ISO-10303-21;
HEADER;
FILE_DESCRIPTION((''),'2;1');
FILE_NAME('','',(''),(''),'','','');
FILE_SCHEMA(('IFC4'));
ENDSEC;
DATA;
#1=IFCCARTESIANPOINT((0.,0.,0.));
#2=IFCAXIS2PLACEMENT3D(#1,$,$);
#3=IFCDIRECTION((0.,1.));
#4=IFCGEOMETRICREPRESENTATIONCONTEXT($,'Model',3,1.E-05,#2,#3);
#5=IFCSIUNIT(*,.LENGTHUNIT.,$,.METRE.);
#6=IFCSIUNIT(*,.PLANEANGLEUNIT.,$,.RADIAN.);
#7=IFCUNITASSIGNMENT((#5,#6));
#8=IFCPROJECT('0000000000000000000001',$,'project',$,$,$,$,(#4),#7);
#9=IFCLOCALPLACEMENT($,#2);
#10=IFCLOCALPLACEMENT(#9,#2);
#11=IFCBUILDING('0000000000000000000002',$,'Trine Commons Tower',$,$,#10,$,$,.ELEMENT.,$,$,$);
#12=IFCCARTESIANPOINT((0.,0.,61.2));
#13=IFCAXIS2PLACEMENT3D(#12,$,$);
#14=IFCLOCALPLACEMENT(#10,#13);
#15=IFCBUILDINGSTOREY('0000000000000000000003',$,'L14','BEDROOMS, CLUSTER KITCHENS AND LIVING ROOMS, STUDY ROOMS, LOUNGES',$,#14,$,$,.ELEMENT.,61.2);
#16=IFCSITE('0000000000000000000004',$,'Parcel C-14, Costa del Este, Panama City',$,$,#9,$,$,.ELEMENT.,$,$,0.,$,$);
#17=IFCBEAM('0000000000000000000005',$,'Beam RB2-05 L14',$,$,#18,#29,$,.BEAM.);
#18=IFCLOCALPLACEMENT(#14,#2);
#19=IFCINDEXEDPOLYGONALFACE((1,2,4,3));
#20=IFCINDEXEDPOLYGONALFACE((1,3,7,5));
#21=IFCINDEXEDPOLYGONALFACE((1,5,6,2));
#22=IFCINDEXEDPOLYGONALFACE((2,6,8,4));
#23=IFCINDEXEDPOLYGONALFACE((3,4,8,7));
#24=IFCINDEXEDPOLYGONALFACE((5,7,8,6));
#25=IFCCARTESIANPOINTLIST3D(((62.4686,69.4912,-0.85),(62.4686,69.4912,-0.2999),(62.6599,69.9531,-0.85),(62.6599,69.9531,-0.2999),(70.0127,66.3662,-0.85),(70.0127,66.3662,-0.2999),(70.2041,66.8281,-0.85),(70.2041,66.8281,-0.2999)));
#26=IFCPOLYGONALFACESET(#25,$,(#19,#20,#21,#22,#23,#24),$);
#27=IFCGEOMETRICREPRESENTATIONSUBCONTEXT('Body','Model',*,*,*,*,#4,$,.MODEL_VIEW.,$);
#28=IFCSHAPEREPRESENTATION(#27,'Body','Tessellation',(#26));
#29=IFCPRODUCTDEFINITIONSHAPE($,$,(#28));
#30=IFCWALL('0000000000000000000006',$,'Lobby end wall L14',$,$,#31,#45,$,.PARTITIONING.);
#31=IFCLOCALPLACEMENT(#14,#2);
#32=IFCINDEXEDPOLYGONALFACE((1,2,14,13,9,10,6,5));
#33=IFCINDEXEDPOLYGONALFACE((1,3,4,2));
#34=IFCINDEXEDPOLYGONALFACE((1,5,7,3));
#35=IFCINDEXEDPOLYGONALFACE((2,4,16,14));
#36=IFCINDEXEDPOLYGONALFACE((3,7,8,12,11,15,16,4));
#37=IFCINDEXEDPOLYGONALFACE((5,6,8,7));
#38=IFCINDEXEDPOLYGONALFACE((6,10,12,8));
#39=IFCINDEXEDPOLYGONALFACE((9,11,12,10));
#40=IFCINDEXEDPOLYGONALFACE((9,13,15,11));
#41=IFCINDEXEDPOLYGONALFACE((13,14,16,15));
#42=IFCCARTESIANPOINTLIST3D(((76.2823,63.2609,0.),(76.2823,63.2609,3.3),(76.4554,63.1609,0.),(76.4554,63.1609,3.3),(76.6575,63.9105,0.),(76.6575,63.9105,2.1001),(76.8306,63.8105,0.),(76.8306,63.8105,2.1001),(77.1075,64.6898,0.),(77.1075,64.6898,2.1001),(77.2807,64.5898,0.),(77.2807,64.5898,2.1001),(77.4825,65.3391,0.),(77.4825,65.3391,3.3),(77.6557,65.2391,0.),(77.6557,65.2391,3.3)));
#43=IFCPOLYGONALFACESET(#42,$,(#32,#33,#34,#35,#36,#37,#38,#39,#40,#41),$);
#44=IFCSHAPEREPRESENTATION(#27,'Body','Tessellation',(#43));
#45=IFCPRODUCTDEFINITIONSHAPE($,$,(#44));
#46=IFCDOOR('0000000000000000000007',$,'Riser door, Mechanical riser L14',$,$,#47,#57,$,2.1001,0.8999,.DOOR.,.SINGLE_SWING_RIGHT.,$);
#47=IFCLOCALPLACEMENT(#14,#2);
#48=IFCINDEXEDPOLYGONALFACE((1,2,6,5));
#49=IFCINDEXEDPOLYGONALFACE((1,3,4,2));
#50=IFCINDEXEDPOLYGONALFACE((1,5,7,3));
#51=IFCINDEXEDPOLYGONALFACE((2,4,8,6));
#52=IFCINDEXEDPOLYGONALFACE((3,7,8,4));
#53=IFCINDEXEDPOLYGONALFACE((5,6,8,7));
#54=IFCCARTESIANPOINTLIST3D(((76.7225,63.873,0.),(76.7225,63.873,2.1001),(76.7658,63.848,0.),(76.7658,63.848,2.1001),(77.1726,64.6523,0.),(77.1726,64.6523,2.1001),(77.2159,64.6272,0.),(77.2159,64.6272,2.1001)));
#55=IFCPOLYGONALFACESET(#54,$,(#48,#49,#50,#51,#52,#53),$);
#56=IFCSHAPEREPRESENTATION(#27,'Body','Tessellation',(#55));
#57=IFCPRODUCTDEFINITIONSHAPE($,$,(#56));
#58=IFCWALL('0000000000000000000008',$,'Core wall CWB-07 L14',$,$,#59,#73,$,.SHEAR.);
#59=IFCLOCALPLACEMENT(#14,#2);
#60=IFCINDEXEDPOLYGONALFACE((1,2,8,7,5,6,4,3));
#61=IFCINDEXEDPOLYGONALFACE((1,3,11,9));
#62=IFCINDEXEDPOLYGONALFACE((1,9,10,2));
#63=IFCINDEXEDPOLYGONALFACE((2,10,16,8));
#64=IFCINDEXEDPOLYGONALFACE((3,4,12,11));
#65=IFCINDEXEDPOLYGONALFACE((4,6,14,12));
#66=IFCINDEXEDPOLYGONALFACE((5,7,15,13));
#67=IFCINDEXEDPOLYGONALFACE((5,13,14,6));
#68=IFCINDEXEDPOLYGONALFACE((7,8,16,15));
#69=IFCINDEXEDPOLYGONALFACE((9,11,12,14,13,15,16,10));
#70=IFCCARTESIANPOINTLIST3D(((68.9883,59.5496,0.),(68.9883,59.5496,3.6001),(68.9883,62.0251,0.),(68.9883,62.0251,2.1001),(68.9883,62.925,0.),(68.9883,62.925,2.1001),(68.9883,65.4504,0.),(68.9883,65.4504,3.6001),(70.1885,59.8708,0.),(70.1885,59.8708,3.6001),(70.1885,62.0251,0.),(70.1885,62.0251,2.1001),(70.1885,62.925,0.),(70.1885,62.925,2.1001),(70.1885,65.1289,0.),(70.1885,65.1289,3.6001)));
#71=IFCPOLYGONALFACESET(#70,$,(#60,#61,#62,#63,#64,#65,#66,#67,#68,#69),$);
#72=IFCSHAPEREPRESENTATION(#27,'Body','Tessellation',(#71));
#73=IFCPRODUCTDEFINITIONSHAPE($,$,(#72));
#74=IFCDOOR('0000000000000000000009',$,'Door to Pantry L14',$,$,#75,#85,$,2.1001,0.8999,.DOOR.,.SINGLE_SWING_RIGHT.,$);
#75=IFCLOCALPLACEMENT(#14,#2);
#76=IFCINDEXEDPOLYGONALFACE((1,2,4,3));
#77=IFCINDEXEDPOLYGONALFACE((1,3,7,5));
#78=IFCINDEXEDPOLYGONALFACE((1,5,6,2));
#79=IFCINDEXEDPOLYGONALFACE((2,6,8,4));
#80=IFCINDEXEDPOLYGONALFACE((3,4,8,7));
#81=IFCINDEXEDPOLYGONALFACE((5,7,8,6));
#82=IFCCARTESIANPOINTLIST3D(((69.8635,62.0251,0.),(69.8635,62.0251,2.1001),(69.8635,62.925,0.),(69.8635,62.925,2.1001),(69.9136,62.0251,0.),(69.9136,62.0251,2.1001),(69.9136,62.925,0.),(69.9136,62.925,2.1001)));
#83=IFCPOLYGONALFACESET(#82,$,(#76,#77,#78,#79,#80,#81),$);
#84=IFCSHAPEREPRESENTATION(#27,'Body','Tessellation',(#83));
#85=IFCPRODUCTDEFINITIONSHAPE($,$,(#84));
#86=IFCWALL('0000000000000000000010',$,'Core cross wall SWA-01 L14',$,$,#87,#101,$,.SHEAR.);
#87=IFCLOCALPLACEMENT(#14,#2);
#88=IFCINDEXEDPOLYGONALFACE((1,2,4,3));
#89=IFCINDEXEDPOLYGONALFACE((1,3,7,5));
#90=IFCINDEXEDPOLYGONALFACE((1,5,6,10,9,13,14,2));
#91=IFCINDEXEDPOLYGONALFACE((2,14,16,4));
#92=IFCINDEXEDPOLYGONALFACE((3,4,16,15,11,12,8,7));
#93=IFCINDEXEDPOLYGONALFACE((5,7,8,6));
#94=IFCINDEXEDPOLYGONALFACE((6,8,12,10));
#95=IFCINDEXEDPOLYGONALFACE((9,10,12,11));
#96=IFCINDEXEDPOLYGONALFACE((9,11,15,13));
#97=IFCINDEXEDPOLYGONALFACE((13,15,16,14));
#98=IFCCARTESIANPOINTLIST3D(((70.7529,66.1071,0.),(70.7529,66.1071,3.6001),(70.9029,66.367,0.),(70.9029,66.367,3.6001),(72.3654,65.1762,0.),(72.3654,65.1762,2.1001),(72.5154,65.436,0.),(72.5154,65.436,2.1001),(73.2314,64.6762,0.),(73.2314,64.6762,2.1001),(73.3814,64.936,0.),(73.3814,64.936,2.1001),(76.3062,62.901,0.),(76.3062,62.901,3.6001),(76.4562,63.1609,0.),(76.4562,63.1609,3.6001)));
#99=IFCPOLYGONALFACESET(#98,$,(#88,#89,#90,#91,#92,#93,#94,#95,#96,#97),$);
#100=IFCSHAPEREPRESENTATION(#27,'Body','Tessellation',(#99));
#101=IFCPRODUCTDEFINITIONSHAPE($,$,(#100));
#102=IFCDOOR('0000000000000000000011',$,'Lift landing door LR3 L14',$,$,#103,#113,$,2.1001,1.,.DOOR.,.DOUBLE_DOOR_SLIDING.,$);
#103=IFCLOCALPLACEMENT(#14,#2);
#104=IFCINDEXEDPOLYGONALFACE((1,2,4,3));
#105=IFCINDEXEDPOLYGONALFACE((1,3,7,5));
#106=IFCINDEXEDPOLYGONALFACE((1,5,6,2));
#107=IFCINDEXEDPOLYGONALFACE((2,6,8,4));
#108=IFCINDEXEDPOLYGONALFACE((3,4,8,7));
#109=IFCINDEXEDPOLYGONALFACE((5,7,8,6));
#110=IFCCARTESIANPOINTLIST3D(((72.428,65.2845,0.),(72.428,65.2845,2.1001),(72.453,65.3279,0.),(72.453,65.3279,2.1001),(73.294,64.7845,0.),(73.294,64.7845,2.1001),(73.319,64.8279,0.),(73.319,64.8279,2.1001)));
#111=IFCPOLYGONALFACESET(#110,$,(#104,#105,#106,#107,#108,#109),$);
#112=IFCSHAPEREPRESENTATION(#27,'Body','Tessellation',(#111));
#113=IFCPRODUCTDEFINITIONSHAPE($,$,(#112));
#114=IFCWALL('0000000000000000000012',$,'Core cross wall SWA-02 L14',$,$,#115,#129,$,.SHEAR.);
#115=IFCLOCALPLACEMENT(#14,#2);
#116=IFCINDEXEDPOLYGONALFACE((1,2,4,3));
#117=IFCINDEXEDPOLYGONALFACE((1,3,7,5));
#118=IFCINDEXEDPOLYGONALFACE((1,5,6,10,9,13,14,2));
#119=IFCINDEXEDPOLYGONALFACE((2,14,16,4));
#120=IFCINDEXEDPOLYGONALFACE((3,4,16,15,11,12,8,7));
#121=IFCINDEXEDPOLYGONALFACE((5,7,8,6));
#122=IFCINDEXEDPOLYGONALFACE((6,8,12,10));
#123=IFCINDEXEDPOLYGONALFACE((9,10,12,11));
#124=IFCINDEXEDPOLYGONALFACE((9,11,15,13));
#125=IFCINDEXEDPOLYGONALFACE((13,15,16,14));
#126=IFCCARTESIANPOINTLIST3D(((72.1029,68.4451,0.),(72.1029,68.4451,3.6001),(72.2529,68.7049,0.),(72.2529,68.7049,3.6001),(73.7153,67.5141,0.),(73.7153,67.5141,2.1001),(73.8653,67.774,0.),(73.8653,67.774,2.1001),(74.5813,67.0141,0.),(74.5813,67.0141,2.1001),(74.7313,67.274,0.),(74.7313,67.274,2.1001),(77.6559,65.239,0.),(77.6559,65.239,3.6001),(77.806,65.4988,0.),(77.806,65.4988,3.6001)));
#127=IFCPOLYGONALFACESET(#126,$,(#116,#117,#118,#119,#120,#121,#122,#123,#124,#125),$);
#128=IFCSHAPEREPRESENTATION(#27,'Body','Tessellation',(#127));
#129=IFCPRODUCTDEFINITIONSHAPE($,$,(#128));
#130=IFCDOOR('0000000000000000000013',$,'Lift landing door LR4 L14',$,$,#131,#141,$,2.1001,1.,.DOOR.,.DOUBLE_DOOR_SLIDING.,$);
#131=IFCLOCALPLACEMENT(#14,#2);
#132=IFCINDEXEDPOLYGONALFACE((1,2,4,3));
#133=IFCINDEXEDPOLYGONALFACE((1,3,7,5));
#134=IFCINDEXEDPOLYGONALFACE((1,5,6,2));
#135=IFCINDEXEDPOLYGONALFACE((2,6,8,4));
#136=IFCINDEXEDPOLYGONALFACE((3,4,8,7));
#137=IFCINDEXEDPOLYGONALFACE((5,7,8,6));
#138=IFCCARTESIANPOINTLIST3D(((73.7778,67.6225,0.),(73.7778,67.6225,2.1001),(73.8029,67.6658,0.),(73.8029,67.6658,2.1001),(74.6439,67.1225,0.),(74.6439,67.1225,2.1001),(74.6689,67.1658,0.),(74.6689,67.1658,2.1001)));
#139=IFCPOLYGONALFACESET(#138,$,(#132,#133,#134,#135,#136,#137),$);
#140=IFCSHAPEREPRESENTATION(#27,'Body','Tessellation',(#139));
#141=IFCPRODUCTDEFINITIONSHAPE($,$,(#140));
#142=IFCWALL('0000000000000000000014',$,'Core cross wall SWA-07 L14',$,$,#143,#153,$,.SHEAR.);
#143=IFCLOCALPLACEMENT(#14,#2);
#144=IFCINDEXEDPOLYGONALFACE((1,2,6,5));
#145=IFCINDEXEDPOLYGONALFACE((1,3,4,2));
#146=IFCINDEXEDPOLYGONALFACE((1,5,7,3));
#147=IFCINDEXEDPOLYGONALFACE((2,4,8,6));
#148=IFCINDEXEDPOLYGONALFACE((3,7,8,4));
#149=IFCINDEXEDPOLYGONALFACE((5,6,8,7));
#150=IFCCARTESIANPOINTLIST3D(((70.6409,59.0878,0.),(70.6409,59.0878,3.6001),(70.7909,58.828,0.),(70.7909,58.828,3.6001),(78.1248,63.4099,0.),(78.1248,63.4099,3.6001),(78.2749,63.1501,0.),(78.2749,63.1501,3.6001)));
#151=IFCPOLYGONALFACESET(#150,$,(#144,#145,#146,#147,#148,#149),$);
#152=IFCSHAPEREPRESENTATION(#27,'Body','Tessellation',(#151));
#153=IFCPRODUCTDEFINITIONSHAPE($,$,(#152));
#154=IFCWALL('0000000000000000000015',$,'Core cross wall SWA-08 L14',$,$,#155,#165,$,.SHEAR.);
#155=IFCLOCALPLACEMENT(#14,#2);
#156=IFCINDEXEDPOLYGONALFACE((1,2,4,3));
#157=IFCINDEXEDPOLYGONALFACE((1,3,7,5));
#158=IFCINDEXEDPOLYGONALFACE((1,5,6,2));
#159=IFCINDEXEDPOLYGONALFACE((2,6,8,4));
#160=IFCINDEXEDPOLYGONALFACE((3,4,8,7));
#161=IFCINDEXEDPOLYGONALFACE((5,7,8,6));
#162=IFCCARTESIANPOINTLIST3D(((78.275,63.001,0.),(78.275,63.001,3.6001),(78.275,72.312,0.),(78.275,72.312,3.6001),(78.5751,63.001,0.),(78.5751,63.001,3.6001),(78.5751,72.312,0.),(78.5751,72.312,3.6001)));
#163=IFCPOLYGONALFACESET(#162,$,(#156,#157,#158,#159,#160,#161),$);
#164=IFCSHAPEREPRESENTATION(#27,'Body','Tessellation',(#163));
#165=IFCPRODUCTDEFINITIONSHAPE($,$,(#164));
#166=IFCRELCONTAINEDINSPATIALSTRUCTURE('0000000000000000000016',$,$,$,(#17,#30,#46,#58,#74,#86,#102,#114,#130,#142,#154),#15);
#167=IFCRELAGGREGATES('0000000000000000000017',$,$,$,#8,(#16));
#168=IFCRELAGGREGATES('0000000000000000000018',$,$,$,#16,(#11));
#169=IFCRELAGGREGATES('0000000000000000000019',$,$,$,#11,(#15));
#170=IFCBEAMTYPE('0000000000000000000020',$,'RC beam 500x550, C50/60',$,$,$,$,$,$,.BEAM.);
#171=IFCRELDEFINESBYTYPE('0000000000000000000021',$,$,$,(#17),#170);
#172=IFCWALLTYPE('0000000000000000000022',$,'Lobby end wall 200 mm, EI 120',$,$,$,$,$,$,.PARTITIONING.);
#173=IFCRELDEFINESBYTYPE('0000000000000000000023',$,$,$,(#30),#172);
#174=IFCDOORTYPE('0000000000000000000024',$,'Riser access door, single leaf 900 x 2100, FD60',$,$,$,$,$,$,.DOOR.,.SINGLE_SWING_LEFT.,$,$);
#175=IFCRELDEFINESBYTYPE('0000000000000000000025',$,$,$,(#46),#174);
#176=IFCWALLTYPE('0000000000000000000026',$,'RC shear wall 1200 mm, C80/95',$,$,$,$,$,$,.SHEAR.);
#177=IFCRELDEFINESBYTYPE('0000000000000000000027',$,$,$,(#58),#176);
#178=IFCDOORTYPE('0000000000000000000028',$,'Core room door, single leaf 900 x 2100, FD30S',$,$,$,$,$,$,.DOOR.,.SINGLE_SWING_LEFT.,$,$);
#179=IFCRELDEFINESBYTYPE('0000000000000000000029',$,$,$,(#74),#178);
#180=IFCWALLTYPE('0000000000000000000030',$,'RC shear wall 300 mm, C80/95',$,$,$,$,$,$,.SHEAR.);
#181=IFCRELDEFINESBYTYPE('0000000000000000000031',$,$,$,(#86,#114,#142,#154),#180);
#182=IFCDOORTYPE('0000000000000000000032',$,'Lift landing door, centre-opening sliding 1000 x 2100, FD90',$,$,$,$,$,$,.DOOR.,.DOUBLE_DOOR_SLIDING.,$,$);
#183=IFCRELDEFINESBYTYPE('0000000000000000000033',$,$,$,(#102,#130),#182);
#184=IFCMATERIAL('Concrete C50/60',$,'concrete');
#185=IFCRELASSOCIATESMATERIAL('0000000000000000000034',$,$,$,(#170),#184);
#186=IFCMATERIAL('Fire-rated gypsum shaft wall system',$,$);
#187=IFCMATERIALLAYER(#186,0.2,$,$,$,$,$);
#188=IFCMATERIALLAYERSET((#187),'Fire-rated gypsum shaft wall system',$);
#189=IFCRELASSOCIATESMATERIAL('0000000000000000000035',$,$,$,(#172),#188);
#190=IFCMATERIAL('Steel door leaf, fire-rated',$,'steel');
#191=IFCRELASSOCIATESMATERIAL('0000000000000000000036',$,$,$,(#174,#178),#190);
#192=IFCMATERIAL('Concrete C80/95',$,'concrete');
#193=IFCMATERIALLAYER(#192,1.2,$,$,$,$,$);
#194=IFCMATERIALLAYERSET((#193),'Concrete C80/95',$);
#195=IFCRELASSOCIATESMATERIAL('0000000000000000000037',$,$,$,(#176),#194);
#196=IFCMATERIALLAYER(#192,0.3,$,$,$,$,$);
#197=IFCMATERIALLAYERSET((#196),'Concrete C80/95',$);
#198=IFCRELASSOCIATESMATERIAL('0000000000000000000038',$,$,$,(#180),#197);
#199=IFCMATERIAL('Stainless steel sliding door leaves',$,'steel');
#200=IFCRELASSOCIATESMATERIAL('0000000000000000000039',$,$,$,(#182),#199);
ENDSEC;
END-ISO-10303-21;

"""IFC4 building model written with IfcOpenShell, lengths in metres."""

from ifc_helpers import new_model, si_unit, direction, frame, frame_2d, origin, origin_2d, place, context, subcontext, project, spatial, polyline, rectangle, outline, extrude, material, layer, layer_set, material_profile, profile_set, type_object, element, fill, save


model = new_model("IFC4")

# Units and contexts
model_context = context("Model", 3, precision=1e-05, world=origin(), true_north=direction((0.0, 1.0)))
body_context = subcontext(model_context, "Body", "Model", "MODEL_VIEW")
ifc_project = project(units=[si_unit("LENGTHUNIT", "METRE"), si_unit("PLANEANGLEUNIT", "RADIAN")], contexts=[model_context])

# Site, building, storey
site_placement = place(None, origin())
site = spatial("IfcSite", under=ifc_project, at=site_placement, Name="Parcel C-14, Costa del Este, Panama City", CompositionType="ELEMENT", RefElevation=0.0)
building_placement = place(site_placement, origin())
building = spatial("IfcBuilding", under=site, at=building_placement, Name="Trine Commons Tower", CompositionType="ELEMENT")
storey_placement = place(building_placement, frame((0.0, 0.0, 61.2)))
storey = spatial("IfcBuildingStorey", under=building, at=storey_placement, Name="L14", Description="BEDROOMS, CLUSTER KITCHENS AND LIVING ROOMS, STUDY ROOMS, LOUNGES", CompositionType="ELEMENT", Elevation=61.2)

# Beam
ifc_material_1 = material(Name="Concrete C50/60", Category="concrete")
ifc_material_profile = material_profile(ifc_material_1, rectangle(XDim=0.5, YDim=0.55, at=origin_2d()), Name="RC 500x550")
ifc_profile_set = profile_set([ifc_material_profile], Name="Concrete C50/60")
beam_type = type_object("IfcBeamType", Name="RC beam 500x550, C50/60", PredefinedType="BEAM", material=ifc_profile_set)
beam_placement = place(storey_placement, frame((70.1084, 66.5972, -0.575), z_axis=(-0.923875, 0.382693, 0.0), x_axis=(-0.382693, -0.923875, 0.0)))
element("IfcBeam", 1, at=beam_placement, inside=storey, type_object=beam_type, Name="Beam RB2-05 L14", PredefinedType="BEAM", context=body_context, shape_type="SweptSolid", body=[
    extrude(rectangle(XDim=0.5, YDim=0.55, at=origin_2d()), origin(), (0.0, 0.0, 1.0), 8.1658),
])

# Walls, openings, doors
ifc_material_2 = material(Name="Fire-rated gypsum shaft wall system")
ifc_layer_1 = layer(ifc_material_2, 0.2)
ifc_layer_set_1 = layer_set([ifc_layer_1], Name="Fire-rated gypsum shaft wall system")
wall_type_1 = type_object("IfcWallType", Name="Lobby end wall 200 mm, EI 120", PredefinedType="PARTITIONING", material=ifc_layer_set_1)
wall_1_placement = place(storey_placement, frame((77.5691, 65.2891, 0.0), z_axis=(0.0, 0.0, 1.0), x_axis=(-0.500122, -0.865955, 0.0)))
wall_1 = element("IfcWall", 2, at=wall_1_placement, inside=storey, type_object=wall_type_1, Name="Lobby end wall L14", PredefinedType="PARTITIONING", context=body_context, shape_type="SweptSolid", body=[
    extrude(rectangle(XDim=2.3999, YDim=0.2, at=frame_2d((1.2, 0.0))), origin(), (0.0, 0.0, 1.0), 3.3),
])
opening_1_placement = place(wall_1_placement, frame((0.7498, 0.0, 0.0)))
opening_1 = element("IfcOpeningElement", 3, at=opening_1_placement, cuts=wall_1, PredefinedType="OPENING", context=body_context, shape_type="SweptSolid", body=[
    extrude(rectangle(XDim=0.8999, YDim=2.1001, at=frame_2d((0.45, 1.05))), frame((0.0, 0.1099, 0.0), z_axis=(0.0, -1.0, 0.0), x_axis=(1.0, 0.0, 0.0)), (0.0, 0.0, 1.0), 0.22),
])
ifc_material_3 = material(Name="Steel door leaf, fire-rated", Category="steel")
door_type_1 = type_object("IfcDoorType", Name="Riser access door, single leaf 900 x 2100, FD60", OperationType="SINGLE_SWING_LEFT", PredefinedType="DOOR", material=ifc_material_3)
door_1_placement = place(opening_1_placement, frame((0.8999, 0.0, 0.0), z_axis=(0.0, 0.0, 1.0), x_axis=(-1.0, 0.0, 0.0)))
door_1 = element("IfcDoor", 4, at=door_1_placement, inside=storey, type_object=door_type_1, Name="Riser door, Mechanical riser L14", OperationType="SINGLE_SWING_RIGHT", OverallHeight=2.1001, OverallWidth=0.8999, PredefinedType="DOOR", context=body_context, shape_type="SweptSolid", body=[
    extrude(rectangle(XDim=0.8999, YDim=2.1001, at=frame_2d((0.45, 1.05))), frame((0.0, 0.0249, 0.0), z_axis=(0.0, -1.0, 0.0), x_axis=(1.0, 0.0, 0.0)), (0.0, 0.0, 1.0), 0.05),
])
fill(opening_1, door_1)
ifc_material_4 = material(Name="Concrete C80/95", Category="concrete")
ifc_layer_2 = layer(ifc_material_4, 1.2)
ifc_layer_set_2 = layer_set([ifc_layer_2], Name="Concrete C80/95")
wall_type_2 = type_object("IfcWallType", Name="RC shear wall 1200 mm, C80/95", PredefinedType="SHEAR", material=ifc_layer_set_2)
wall_2_placement = place(storey_placement, frame((69.5884, 65.4504, 0.0), z_axis=(0.0, 0.0, 1.0), x_axis=(0.0, -1.0, 0.0)))
wall_2 = element("IfcWall", 5, at=wall_2_placement, inside=storey, type_object=wall_type_2, Name="Core wall CWB-07 L14", PredefinedType="SHEAR", context=body_context, shape_type="SweptSolid", body=[
    extrude(outline(polyline([(0.0, -0.6001), (5.9009, -0.6001), (5.5796, 0.6001), (0.3215, 0.6001), (0.0, -0.6001)])), origin(), (0.0, 0.0, 1.0), 3.6001),
])
opening_2_placement = place(wall_2_placement, frame((2.5254, 0.0, 0.0)))
opening_2 = element("IfcOpeningElement", 6, at=opening_2_placement, cuts=wall_2, PredefinedType="OPENING", context=body_context, shape_type="SweptSolid", body=[
    extrude(rectangle(XDim=0.8999, YDim=2.1001, at=frame_2d((0.45, 1.05))), frame((0.0, 0.6099, 0.0), z_axis=(0.0, -1.0, 0.0), x_axis=(1.0, 0.0, 0.0)), (0.0, 0.0, 1.0), 1.22),
])
door_type_2 = type_object("IfcDoorType", Name="Core room door, single leaf 900 x 2100, FD30S", OperationType="SINGLE_SWING_LEFT", PredefinedType="DOOR", material=ifc_material_3)
door_2_placement = place(opening_2_placement, origin())
door_2 = element("IfcDoor", 7, at=door_2_placement, inside=storey, type_object=door_type_2, Name="Door to Pantry L14", OperationType="SINGLE_SWING_RIGHT", OverallHeight=2.1001, OverallWidth=0.8999, PredefinedType="DOOR", context=body_context, shape_type="SweptSolid", body=[
    extrude(rectangle(XDim=0.8999, YDim=2.1001, at=frame_2d((0.45, 1.05))), frame((0.0, 0.3252, 0.0), z_axis=(0.0, -1.0, 0.0), x_axis=(1.0, 0.0, 0.0)), (0.0, 0.0, 1.0), 0.05),
])
fill(opening_2, door_2)
ifc_layer_3 = layer(ifc_material_4, 0.3)
ifc_layer_set_3 = layer_set([ifc_layer_3], Name="Concrete C80/95")
wall_type_3 = type_object("IfcWallType", Name="RC shear wall 300 mm, C80/95", PredefinedType="SHEAR", material=ifc_layer_set_3)
wall_3_placement = place(storey_placement, frame((76.3811, 63.031, 0.0), z_axis=(0.0, 0.0, 1.0), x_axis=(-0.866032, 0.499988, 0.0)))
wall_3 = element("IfcWall", 8, at=wall_3_placement, inside=storey, type_object=wall_type_3, Name="Core cross wall SWA-01 L14", PredefinedType="SHEAR", context=body_context, shape_type="SweptSolid", body=[
    extrude(rectangle(XDim=6.4124, YDim=0.3, at=frame_2d((3.2061, 0.0))), origin(), (0.0, 0.0, 1.0), 3.6001),
])
opening_3_placement = place(wall_3_placement, frame((3.5503, 0.0, 0.0)))
opening_3 = element("IfcOpeningElement", 9, at=opening_3_placement, cuts=wall_3, PredefinedType="OPENING", context=body_context, shape_type="SweptSolid", body=[
    extrude(rectangle(XDim=1.0, YDim=2.1001, at=frame_2d((0.5, 1.05))), frame((0.0, 0.1599, 0.0), z_axis=(0.0, -1.0, 0.0), x_axis=(1.0, 0.0, 0.0)), (0.0, 0.0, 1.0), 0.3201),
])
ifc_material_5 = material(Name="Stainless steel sliding door leaves", Category="steel")
door_type_3 = type_object("IfcDoorType", Name="Lift landing door, centre-opening sliding 1000 x 2100, FD90", OperationType="DOUBLE_DOOR_SLIDING", PredefinedType="DOOR", material=ifc_material_5)
door_3_placement = place(opening_3_placement, origin())
door_3 = element("IfcDoor", 10, at=door_3_placement, inside=storey, type_object=door_type_3, Name="Lift landing door LR3 L14", OperationType="DOUBLE_DOOR_SLIDING", OverallHeight=2.1001, OverallWidth=1.0, PredefinedType="DOOR", context=body_context, shape_type="SweptSolid", body=[
    extrude(rectangle(XDim=1.0, YDim=2.1001, at=frame_2d((0.5, 1.05))), frame((0.0, 0.0249, 0.0), z_axis=(0.0, -1.0, 0.0), x_axis=(1.0, 0.0, 0.0)), (0.0, 0.0, 1.0), 0.05),
])
fill(opening_3, door_3)
wall_4_placement = place(storey_placement, frame((77.731, 65.3689, 0.0), z_axis=(0.0, 0.0, 1.0), x_axis=(-0.866023, 0.500005, 0.0)))
wall_4 = element("IfcWall", 11, at=wall_4_placement, inside=storey, type_object=wall_type_3, Name="Core cross wall SWA-02 L14", PredefinedType="SHEAR", context=body_context, shape_type="SweptSolid", body=[
    extrude(rectangle(XDim=6.4121, YDim=0.3, at=frame_2d((3.2061, 0.0))), origin(), (0.0, 0.0, 1.0), 3.6001),
])
opening_4_placement = place(wall_4_placement, frame((3.5503, 0.0, 0.0)))
opening_4 = element("IfcOpeningElement", 12, at=opening_4_placement, cuts=wall_4, PredefinedType="OPENING", context=body_context, shape_type="SweptSolid", body=[
    extrude(rectangle(XDim=1.0, YDim=2.1001, at=frame_2d((0.5, 1.05))), frame((0.0, 0.1599, 0.0), z_axis=(0.0, -1.0, 0.0), x_axis=(1.0, 0.0, 0.0)), (0.0, 0.0, 1.0), 0.3201),
])
door_4_placement = place(opening_4_placement, origin())
door_4 = element("IfcDoor", 13, at=door_4_placement, inside=storey, type_object=door_type_3, Name="Lift landing door LR4 L14", OperationType="DOUBLE_DOOR_SLIDING", OverallHeight=2.1001, OverallWidth=1.0, PredefinedType="DOOR", context=body_context, shape_type="SweptSolid", body=[
    extrude(rectangle(XDim=1.0, YDim=2.1001, at=frame_2d((0.5, 1.05))), frame((0.0, 0.0249, 0.0), z_axis=(0.0, -1.0, 0.0), x_axis=(1.0, 0.0, 0.0)), (0.0, 0.0, 1.0), 0.05),
])
fill(opening_4, door_4)

# Walls
wall_5_placement = place(storey_placement, frame((78.2, 63.28, 0.0), z_axis=(0.0, 0.0, 1.0), x_axis=(-0.865965, -0.500104, 0.0)))
element("IfcWall", 14, at=wall_5_placement, inside=storey, type_object=wall_type_3, Name="Core cross wall SWA-07 L14", PredefinedType="SHEAR", context=body_context, shape_type="SweptSolid", body=[
    extrude(rectangle(XDim=8.6423, YDim=0.3, at=frame_2d((4.3213, 0.0))), origin(), (0.0, 0.0, 1.0), 3.6001),
])
wall_6_placement = place(storey_placement, frame((78.425, 63.001, 0.0), z_axis=(0.0, 0.0, 1.0), x_axis=(0.0, 1.0, 0.0)))
element("IfcWall", 15, at=wall_6_placement, inside=storey, type_object=wall_type_3, Name="Core cross wall SWA-08 L14", PredefinedType="SHEAR", context=body_context, shape_type="SweptSolid", body=[
    extrude(rectangle(XDim=9.311, YDim=0.3, at=frame_2d((4.6555, 0.0))), origin(), (0.0, 0.0, 1.0), 3.6001),
])

save(model, "model.ifc")
